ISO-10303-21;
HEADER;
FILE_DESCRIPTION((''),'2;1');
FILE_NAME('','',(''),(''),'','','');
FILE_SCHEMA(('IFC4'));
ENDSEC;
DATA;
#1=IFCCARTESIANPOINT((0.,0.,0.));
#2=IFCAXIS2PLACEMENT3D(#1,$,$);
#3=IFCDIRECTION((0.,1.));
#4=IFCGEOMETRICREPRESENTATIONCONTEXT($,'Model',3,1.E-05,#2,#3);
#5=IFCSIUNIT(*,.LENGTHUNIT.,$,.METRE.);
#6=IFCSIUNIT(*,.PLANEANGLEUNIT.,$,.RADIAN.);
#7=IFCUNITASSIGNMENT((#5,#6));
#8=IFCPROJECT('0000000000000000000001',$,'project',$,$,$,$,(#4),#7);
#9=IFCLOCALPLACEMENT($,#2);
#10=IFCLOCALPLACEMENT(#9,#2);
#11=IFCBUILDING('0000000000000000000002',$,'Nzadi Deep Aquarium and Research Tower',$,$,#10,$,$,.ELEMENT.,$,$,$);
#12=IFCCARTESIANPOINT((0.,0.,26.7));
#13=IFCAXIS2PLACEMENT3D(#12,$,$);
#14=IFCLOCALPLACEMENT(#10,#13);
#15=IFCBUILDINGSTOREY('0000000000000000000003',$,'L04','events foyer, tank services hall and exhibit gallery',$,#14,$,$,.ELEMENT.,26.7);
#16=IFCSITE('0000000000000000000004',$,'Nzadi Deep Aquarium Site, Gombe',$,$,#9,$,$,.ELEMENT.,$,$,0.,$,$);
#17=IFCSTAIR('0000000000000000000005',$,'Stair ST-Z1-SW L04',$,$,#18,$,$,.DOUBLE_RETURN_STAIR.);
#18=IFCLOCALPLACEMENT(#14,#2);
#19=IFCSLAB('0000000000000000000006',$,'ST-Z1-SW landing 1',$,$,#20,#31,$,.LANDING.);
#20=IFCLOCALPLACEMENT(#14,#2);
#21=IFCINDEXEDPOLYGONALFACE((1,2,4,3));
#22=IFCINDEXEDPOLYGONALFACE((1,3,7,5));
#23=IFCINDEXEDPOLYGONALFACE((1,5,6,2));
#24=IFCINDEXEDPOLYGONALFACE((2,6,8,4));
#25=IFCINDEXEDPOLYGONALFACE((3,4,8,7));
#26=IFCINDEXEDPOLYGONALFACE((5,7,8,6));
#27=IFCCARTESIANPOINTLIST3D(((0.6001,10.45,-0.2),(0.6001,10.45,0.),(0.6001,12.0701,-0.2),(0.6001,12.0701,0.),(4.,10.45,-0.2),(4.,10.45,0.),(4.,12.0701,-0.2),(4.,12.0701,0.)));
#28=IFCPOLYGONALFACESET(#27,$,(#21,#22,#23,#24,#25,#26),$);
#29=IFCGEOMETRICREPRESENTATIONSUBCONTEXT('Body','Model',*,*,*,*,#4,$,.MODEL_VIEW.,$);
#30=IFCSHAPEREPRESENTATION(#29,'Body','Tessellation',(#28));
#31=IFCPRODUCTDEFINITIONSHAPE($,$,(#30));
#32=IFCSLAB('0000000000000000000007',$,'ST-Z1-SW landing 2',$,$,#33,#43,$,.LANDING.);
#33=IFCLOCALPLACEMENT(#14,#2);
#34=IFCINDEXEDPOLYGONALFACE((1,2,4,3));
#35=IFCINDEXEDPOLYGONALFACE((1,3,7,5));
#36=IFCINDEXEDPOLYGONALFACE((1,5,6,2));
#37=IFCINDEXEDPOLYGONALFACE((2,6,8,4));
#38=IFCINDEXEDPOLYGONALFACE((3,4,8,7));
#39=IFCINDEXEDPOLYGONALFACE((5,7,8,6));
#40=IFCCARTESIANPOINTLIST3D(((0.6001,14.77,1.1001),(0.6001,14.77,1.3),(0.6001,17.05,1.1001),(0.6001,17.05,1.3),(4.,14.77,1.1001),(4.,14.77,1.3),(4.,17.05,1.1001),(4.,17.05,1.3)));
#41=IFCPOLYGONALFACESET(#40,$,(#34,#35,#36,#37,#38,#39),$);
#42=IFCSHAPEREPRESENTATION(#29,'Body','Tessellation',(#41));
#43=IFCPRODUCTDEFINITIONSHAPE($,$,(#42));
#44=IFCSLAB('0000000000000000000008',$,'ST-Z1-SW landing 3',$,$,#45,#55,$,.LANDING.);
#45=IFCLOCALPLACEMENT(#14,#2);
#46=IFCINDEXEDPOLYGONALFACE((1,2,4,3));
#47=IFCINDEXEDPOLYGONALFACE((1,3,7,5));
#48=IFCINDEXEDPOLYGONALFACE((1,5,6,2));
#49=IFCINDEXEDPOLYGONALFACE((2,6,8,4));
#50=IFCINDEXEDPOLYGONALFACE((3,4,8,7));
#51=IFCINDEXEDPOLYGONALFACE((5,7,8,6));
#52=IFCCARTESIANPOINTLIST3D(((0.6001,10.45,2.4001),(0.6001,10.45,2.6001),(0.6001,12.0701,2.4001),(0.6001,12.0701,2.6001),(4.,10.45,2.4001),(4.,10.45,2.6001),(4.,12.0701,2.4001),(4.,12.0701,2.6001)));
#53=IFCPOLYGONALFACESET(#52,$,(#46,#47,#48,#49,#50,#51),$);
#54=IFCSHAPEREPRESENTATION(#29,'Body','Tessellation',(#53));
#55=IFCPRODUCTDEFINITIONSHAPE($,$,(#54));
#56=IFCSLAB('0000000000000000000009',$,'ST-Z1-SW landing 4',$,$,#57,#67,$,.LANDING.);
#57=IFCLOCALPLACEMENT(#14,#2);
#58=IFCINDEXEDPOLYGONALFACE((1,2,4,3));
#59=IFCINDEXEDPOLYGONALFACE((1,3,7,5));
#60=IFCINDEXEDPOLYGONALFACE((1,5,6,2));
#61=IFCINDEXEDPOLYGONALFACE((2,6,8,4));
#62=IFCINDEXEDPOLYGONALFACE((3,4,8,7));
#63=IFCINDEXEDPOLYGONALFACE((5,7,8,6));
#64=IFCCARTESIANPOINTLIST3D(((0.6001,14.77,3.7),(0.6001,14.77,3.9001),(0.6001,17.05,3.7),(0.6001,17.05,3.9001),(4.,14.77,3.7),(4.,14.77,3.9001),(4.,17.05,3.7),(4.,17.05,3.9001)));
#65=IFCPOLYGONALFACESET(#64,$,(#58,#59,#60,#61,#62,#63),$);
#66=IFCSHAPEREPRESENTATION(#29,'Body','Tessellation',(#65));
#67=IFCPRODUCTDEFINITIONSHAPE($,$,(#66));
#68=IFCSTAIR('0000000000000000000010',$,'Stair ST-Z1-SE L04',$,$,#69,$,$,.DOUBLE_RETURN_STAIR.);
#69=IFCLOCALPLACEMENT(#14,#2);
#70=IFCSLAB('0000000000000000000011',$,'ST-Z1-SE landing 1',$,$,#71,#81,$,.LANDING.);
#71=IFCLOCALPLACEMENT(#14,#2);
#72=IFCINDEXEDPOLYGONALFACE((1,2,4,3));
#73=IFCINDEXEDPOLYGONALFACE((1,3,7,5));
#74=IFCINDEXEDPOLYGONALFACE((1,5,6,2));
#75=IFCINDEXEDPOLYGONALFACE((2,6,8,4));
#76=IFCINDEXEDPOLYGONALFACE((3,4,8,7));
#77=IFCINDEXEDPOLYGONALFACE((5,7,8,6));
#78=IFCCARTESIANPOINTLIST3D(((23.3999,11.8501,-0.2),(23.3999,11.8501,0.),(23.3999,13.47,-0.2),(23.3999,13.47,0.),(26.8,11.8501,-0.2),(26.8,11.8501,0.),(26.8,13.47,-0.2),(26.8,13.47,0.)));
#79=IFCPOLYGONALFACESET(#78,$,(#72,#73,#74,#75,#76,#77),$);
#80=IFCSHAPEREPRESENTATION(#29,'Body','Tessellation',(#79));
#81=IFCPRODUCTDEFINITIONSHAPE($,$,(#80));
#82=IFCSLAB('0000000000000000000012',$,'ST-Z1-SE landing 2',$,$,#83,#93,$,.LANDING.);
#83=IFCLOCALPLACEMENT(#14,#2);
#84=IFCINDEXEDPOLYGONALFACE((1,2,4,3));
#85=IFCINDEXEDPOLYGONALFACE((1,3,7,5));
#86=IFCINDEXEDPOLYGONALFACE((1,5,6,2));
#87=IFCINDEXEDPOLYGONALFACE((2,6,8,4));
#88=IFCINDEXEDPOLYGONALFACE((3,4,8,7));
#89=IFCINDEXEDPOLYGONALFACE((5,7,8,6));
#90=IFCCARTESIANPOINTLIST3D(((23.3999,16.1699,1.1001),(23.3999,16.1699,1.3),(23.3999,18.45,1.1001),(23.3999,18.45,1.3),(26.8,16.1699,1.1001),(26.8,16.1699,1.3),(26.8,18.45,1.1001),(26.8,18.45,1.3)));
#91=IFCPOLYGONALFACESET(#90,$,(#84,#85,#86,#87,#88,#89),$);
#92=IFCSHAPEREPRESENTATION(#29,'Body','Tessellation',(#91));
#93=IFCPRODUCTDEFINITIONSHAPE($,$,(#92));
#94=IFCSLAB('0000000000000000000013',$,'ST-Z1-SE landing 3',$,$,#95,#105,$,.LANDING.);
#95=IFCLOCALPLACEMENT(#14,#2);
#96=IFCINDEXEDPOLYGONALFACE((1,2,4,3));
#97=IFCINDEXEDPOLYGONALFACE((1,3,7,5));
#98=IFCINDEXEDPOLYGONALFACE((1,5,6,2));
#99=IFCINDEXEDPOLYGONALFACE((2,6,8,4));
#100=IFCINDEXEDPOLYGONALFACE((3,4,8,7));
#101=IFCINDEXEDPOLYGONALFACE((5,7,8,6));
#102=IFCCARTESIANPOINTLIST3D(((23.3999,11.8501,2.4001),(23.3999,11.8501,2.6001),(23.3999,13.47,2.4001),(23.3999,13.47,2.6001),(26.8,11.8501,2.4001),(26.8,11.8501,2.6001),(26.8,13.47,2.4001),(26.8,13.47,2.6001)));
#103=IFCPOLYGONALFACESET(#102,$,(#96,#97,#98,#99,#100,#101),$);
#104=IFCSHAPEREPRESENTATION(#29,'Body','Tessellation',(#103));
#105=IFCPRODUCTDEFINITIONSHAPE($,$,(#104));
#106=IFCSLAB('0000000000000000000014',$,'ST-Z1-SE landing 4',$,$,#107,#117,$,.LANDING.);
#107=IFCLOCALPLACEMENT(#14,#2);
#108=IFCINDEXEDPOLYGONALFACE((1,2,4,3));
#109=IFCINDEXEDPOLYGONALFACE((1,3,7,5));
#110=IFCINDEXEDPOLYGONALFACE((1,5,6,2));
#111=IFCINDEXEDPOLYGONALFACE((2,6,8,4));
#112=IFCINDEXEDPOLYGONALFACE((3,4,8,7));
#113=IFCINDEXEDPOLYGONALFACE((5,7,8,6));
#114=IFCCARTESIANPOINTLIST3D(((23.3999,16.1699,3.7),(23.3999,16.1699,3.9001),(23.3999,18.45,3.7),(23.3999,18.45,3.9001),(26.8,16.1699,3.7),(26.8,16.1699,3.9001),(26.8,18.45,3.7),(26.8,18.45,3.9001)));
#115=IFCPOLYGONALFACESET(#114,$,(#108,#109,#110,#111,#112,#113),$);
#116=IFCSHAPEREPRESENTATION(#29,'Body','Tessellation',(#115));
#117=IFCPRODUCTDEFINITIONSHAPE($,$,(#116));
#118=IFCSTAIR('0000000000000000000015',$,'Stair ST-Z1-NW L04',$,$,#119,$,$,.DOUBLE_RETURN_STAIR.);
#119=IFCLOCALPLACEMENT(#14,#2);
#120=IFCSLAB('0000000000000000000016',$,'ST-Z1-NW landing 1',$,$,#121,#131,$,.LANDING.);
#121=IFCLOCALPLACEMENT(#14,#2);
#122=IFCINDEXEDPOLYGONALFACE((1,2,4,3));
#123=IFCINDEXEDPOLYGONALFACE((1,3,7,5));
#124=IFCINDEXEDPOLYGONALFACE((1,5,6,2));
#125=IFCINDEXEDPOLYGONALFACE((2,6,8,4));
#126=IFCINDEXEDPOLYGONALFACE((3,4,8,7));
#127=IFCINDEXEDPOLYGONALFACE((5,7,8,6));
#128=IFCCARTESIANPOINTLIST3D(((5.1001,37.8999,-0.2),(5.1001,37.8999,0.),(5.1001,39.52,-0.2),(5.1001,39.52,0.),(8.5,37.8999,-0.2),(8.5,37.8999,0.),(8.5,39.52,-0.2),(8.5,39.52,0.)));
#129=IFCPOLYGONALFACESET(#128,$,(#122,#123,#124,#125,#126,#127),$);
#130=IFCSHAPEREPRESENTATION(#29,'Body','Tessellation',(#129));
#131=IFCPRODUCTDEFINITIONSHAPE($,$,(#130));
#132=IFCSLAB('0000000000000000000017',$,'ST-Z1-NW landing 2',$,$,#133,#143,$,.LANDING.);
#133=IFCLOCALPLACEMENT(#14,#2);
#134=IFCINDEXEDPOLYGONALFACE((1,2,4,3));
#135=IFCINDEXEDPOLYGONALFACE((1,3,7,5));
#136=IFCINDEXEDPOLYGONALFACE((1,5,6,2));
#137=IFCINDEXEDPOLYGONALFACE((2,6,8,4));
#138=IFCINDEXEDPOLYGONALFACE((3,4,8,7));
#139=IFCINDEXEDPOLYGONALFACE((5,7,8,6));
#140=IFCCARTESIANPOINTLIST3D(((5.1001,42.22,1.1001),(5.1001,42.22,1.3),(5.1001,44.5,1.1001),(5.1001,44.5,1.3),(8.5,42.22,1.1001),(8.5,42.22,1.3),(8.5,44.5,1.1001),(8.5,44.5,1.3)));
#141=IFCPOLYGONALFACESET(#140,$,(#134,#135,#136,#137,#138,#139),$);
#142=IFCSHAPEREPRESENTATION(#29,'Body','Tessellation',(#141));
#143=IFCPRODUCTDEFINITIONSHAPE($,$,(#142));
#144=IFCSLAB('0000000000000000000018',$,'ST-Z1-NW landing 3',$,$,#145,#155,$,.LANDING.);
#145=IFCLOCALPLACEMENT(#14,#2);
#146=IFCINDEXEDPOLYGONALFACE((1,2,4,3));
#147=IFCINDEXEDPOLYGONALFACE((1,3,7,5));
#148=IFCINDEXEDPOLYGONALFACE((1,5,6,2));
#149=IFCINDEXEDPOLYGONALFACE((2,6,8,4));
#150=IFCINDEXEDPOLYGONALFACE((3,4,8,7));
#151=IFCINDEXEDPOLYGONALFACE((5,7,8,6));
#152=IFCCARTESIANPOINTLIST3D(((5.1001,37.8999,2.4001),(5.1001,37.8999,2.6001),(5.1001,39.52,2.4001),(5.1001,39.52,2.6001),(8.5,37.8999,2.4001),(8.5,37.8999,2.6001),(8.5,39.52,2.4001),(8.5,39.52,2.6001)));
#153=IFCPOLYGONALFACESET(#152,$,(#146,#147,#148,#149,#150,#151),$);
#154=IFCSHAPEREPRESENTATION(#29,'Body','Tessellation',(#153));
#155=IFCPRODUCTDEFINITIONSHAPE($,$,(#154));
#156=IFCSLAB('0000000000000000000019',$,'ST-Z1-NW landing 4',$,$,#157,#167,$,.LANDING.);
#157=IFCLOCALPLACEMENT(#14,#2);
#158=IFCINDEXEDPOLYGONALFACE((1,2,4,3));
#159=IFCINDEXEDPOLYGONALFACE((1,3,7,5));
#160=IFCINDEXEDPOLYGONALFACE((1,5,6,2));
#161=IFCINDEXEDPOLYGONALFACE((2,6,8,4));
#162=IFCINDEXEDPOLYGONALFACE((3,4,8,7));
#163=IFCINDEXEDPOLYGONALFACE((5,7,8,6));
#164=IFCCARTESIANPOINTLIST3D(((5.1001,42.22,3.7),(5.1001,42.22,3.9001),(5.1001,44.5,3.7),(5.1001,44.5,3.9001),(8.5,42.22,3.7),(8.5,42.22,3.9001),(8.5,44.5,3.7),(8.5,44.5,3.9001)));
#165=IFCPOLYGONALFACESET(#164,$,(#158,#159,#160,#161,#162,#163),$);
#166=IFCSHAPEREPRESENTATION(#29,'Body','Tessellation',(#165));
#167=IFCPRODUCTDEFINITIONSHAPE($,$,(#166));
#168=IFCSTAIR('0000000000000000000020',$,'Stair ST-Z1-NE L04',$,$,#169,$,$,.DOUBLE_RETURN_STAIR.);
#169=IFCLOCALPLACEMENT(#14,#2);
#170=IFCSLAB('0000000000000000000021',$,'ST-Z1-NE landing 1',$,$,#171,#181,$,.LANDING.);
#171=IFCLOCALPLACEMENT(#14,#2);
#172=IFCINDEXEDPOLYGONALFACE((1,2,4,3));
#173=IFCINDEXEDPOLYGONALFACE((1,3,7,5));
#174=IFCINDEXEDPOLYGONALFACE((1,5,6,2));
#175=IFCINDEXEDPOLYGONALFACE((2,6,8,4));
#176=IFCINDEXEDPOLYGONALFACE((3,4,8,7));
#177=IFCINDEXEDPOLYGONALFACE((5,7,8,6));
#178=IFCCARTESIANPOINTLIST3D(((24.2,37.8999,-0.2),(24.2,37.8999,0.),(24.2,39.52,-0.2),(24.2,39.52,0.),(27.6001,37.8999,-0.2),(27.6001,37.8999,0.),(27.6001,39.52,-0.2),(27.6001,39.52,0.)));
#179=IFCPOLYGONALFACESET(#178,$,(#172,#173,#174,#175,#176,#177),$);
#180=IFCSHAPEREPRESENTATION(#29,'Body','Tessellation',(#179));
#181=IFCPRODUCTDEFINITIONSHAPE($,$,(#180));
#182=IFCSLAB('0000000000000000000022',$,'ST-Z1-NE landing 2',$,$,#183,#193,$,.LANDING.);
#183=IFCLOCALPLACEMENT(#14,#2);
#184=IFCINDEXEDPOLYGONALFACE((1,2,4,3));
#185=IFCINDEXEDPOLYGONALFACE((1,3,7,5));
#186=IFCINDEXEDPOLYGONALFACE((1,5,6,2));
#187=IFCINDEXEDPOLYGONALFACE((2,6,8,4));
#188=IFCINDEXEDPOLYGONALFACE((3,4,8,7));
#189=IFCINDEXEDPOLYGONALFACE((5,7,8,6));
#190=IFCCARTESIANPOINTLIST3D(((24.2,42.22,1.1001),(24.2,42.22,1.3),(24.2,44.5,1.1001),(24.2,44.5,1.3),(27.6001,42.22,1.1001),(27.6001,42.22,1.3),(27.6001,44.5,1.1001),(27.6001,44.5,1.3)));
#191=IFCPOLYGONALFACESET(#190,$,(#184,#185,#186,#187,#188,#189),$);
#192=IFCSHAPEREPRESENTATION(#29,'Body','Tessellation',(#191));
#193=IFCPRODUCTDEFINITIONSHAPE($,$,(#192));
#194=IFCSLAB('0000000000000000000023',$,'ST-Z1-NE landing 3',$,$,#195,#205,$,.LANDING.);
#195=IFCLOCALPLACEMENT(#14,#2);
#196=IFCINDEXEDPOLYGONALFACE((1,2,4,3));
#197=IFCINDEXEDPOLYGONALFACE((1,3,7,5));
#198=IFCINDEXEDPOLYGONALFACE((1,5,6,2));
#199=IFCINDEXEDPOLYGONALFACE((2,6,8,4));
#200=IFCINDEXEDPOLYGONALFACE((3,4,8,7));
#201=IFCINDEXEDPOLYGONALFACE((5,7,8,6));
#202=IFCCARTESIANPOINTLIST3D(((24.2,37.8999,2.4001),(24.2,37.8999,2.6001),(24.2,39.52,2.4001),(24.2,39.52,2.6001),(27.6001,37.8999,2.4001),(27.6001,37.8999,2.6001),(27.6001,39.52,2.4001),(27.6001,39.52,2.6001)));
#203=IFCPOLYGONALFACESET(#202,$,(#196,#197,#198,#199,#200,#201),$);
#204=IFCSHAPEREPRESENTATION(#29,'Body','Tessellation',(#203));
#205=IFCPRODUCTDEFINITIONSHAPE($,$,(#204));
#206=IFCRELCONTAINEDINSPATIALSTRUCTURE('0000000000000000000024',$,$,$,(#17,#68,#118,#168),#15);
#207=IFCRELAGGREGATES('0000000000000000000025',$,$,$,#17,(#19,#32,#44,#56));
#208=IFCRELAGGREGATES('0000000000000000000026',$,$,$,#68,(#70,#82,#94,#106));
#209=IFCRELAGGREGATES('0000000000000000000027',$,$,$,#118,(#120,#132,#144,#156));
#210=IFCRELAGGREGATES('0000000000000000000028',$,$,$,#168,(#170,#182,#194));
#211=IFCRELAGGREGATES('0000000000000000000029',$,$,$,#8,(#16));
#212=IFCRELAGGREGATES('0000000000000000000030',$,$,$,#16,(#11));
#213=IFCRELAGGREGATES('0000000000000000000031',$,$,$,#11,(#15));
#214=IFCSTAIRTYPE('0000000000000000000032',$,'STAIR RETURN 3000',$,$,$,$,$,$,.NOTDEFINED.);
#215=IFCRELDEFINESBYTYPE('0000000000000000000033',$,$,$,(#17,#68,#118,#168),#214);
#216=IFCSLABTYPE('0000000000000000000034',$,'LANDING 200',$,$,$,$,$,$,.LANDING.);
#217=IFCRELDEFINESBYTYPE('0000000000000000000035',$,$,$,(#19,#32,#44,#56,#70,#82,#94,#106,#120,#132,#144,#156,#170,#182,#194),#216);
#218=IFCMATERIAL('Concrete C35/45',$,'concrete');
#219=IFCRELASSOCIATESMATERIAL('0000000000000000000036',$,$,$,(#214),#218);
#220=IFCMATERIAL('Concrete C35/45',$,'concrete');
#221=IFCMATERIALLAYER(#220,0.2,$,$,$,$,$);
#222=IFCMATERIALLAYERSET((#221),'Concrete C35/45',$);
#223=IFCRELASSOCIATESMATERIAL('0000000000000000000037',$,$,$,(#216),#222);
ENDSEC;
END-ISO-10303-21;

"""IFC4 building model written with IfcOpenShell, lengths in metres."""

from ifc_helpers import new_model, si_unit, direction, frame, origin, place, context, subcontext, project, spatial, polyline, outline, extrude, material, layer, layer_set, type_object, element, aggregate, save


model = new_model("IFC4")

# Units and contexts
model_context = context("Model", 3, precision=1e-05, world=origin(), true_north=direction((0.0, 1.0)))
body_context = subcontext(model_context, "Body", "Model", "MODEL_VIEW")
ifc_project = project(units=[si_unit("LENGTHUNIT", "METRE"), si_unit("PLANEANGLEUNIT", "RADIAN")], contexts=[model_context])

# Site, building, storey
site_placement = place(None, origin())
site = spatial("IfcSite", under=ifc_project, at=site_placement, Name="Nzadi Deep Aquarium Site, Gombe", CompositionType="ELEMENT", RefElevation=0.0)
building_placement = place(site_placement, origin())
building = spatial("IfcBuilding", under=site, at=building_placement, Name="Nzadi Deep Aquarium and Research Tower", CompositionType="ELEMENT")
storey_placement = place(building_placement, frame((0.0, 0.0, 26.7)))
storey = spatial("IfcBuildingStorey", under=building, at=storey_placement, Name="L04", Description="events foyer, tank services hall and exhibit gallery", CompositionType="ELEMENT", Elevation=26.7)

# Stairs, slabs
ifc_material_1 = material(Name="Concrete C35/45", Category="concrete")
stair_type = type_object("IfcStairType", Name="STAIR RETURN 3000", PredefinedType="NOTDEFINED", material=ifc_material_1)
stair_1_placement = place(storey_placement, origin())
stair_1 = element("IfcStair", 1, at=stair_1_placement, inside=storey, type_object=stair_type, Name="Stair ST-Z1-SW L04", PredefinedType="DOUBLE_RETURN_STAIR")
ifc_material_2 = material(Name="Concrete C35/45", Category="concrete")
ifc_layer_1 = layer(ifc_material_2, 0.2)
ifc_layer_set_1 = layer_set([ifc_layer_1], Name="Concrete C35/45")
slab_type_1 = type_object("IfcSlabType", Name="LANDING 200", PredefinedType="LANDING", material=ifc_layer_set_1)
slab_1_placement = place(storey_placement, frame((0.0, 0.0, -0.2)))
slab_1 = element("IfcSlab", 2, at=slab_1_placement, type_object=slab_type_1, Name="ST-Z1-SW landing 1", PredefinedType="LANDING", context=body_context, shape_type="SweptSolid", body=[
    extrude(outline(polyline([(0.6001, 10.45), (4.0, 10.45), (4.0, 12.0701), (0.6001, 12.0701), (0.6001, 10.45)])), origin(), (0.0, 0.0, 1.0), 0.2),
])
slab_2_placement = place(storey_placement, frame((0.0, 0.0, 1.1001)))
slab_2 = element("IfcSlab", 3, at=slab_2_placement, type_object=slab_type_1, Name="ST-Z1-SW landing 2", PredefinedType="LANDING", context=body_context, shape_type="SweptSolid", body=[
    extrude(outline(polyline([(0.6001, 14.77), (4.0, 14.77), (4.0, 17.05), (0.6001, 17.05), (0.6001, 14.77)])), origin(), (0.0, 0.0, 1.0), 0.2),
])
slab_3_placement = place(storey_placement, frame((0.0, 0.0, 2.4001)))
slab_3 = element("IfcSlab", 4, at=slab_3_placement, type_object=slab_type_1, Name="ST-Z1-SW landing 3", PredefinedType="LANDING", context=body_context, shape_type="SweptSolid", body=[
    extrude(outline(polyline([(0.6001, 10.45), (4.0, 10.45), (4.0, 12.0701), (0.6001, 12.0701), (0.6001, 10.45)])), origin(), (0.0, 0.0, 1.0), 0.2),
])
slab_4_placement = place(storey_placement, frame((0.0, 0.0, 3.7)))
slab_4 = element("IfcSlab", 5, at=slab_4_placement, type_object=slab_type_1, Name="ST-Z1-SW landing 4", PredefinedType="LANDING", context=body_context, shape_type="SweptSolid", body=[
    extrude(outline(polyline([(0.6001, 14.77), (4.0, 14.77), (4.0, 17.05), (0.6001, 17.05), (0.6001, 14.77)])), origin(), (0.0, 0.0, 1.0), 0.2002),
])
aggregate(stair_1, [slab_1, slab_2, slab_3, slab_4])
stair_2_placement = place(storey_placement, origin())
stair_2 = element("IfcStair", 6, at=stair_2_placement, inside=storey, type_object=stair_type, Name="Stair ST-Z1-SE L04", PredefinedType="DOUBLE_RETURN_STAIR")
slab_5_placement = place(storey_placement, frame((0.0, 0.0, -0.2)))
slab_5 = element("IfcSlab", 7, at=slab_5_placement, type_object=slab_type_1, Name="ST-Z1-SE landing 1", PredefinedType="LANDING", context=body_context, shape_type="SweptSolid", body=[
    extrude(outline(polyline([(23.3999, 11.8501), (26.8, 11.8501), (26.8, 13.47), (23.3999, 13.47), (23.3999, 11.8501)])), origin(), (0.0, 0.0, 1.0), 0.2),
])
slab_6_placement = place(storey_placement, frame((0.0, 0.0, 1.1001)))
slab_6 = element("IfcSlab", 8, at=slab_6_placement, type_object=slab_type_1, Name="ST-Z1-SE landing 2", PredefinedType="LANDING", context=body_context, shape_type="SweptSolid", body=[
    extrude(outline(polyline([(23.3999, 16.1699), (26.8, 16.1699), (26.8, 18.45), (23.3999, 18.45), (23.3999, 16.1699)])), origin(), (0.0, 0.0, 1.0), 0.2),
])
slab_7_placement = place(storey_placement, frame((0.0, 0.0, 2.4001)))
slab_7 = element("IfcSlab", 9, at=slab_7_placement, type_object=slab_type_1, Name="ST-Z1-SE landing 3", PredefinedType="LANDING", context=body_context, shape_type="SweptSolid", body=[
    extrude(outline(polyline([(23.3999, 11.8501), (26.8, 11.8501), (26.8, 13.47), (23.3999, 13.47), (23.3999, 11.8501)])), origin(), (0.0, 0.0, 1.0), 0.2),
])
slab_8_placement = place(storey_placement, frame((0.0, 0.0, 3.7)))
slab_8 = element("IfcSlab", 10, at=slab_8_placement, type_object=slab_type_1, Name="ST-Z1-SE landing 4", PredefinedType="LANDING", context=body_context, shape_type="SweptSolid", body=[
    extrude(outline(polyline([(23.3999, 16.1699), (26.8, 16.1699), (26.8, 18.45), (23.3999, 18.45), (23.3999, 16.1699)])), origin(), (0.0, 0.0, 1.0), 0.2002),
])
aggregate(stair_2, [slab_5, slab_6, slab_7, slab_8])
stair_3_placement = place(storey_placement, origin())
stair_3 = element("IfcStair", 11, at=stair_3_placement, inside=storey, type_object=stair_type, Name="Stair ST-Z1-NW L04", PredefinedType="DOUBLE_RETURN_STAIR")
slab_9_placement = place(storey_placement, frame((0.0, 0.0, -0.2)))
slab_9 = element("IfcSlab", 12, at=slab_9_placement, type_object=slab_type_1, Name="ST-Z1-NW landing 1", PredefinedType="LANDING", context=body_context, shape_type="SweptSolid", body=[
    extrude(outline(polyline([(5.1001, 37.8999), (8.5, 37.8999), (8.5, 39.52), (5.1001, 39.52), (5.1001, 37.8999)])), origin(), (0.0, 0.0, 1.0), 0.2),
])
slab_10_placement = place(storey_placement, frame((0.0, 0.0, 1.1001)))
slab_10 = element("IfcSlab", 13, at=slab_10_placement, type_object=slab_type_1, Name="ST-Z1-NW landing 2", PredefinedType="LANDING", context=body_context, shape_type="SweptSolid", body=[
    extrude(outline(polyline([(5.1001, 42.22), (8.5, 42.22), (8.5, 44.5), (5.1001, 44.5), (5.1001, 42.22)])), origin(), (0.0, 0.0, 1.0), 0.2),
])
slab_11_placement = place(storey_placement, frame((0.0, 0.0, 2.4001)))
slab_11 = element("IfcSlab", 14, at=slab_11_placement, type_object=slab_type_1, Name="ST-Z1-NW landing 3", PredefinedType="LANDING", context=body_context, shape_type="SweptSolid", body=[
    extrude(outline(polyline([(5.1001, 37.8999), (8.5, 37.8999), (8.5, 39.52), (5.1001, 39.52), (5.1001, 37.8999)])), origin(), (0.0, 0.0, 1.0), 0.2),
])
slab_12_placement = place(storey_placement, frame((0.0, 0.0, 3.7)))
slab_12 = element("IfcSlab", 15, at=slab_12_placement, type_object=slab_type_1, Name="ST-Z1-NW landing 4", PredefinedType="LANDING", context=body_context, shape_type="SweptSolid", body=[
    extrude(outline(polyline([(5.1001, 42.22), (8.5, 42.22), (8.5, 44.5), (5.1001, 44.5), (5.1001, 42.22)])), origin(), (0.0, 0.0, 1.0), 0.2002),
])
aggregate(stair_3, [slab_9, slab_10, slab_11, slab_12])
stair_4_placement = place(storey_placement, origin())
stair_4 = element("IfcStair", 16, at=stair_4_placement, inside=storey, type_object=stair_type, Name="Stair ST-Z1-NE L04", PredefinedType="DOUBLE_RETURN_STAIR")
slab_13_placement = place(storey_placement, frame((0.0, 0.0, -0.2)))
slab_13 = element("IfcSlab", 17, at=slab_13_placement, type_object=slab_type_1, Name="ST-Z1-NE landing 1", PredefinedType="LANDING", context=body_context, shape_type="SweptSolid", body=[
    extrude(outline(polyline([(24.2, 37.8999), (27.6001, 37.8999), (27.6001, 39.52), (24.2, 39.52), (24.2, 37.8999)])), origin(), (0.0, 0.0, 1.0), 0.2),
])
slab_14_placement = place(storey_placement, frame((0.0, 0.0, 1.1001)))
slab_14 = element("IfcSlab", 18, at=slab_14_placement, type_object=slab_type_1, Name="ST-Z1-NE landing 2", PredefinedType="LANDING", context=body_context, shape_type="SweptSolid", body=[
    extrude(outline(polyline([(24.2, 42.22), (27.6001, 42.22), (27.6001, 44.5), (24.2, 44.5), (24.2, 42.22)])), origin(), (0.0, 0.0, 1.0), 0.2),
])
slab_15_placement = place(storey_placement, frame((0.0, 0.0, 2.4001)))
slab_15 = element("IfcSlab", 19, at=slab_15_placement, type_object=slab_type_1, Name="ST-Z1-NE landing 3", PredefinedType="LANDING", context=body_context, shape_type="SweptSolid", body=[
    extrude(outline(polyline([(24.2, 37.8999), (27.6001, 37.8999), (27.6001, 39.52), (24.2, 39.52), (24.2, 37.8999)])), origin(), (0.0, 0.0, 1.0), 0.2),
])
aggregate(stair_4, [slab_13, slab_14, slab_15])

save(model, "model.ifc")
